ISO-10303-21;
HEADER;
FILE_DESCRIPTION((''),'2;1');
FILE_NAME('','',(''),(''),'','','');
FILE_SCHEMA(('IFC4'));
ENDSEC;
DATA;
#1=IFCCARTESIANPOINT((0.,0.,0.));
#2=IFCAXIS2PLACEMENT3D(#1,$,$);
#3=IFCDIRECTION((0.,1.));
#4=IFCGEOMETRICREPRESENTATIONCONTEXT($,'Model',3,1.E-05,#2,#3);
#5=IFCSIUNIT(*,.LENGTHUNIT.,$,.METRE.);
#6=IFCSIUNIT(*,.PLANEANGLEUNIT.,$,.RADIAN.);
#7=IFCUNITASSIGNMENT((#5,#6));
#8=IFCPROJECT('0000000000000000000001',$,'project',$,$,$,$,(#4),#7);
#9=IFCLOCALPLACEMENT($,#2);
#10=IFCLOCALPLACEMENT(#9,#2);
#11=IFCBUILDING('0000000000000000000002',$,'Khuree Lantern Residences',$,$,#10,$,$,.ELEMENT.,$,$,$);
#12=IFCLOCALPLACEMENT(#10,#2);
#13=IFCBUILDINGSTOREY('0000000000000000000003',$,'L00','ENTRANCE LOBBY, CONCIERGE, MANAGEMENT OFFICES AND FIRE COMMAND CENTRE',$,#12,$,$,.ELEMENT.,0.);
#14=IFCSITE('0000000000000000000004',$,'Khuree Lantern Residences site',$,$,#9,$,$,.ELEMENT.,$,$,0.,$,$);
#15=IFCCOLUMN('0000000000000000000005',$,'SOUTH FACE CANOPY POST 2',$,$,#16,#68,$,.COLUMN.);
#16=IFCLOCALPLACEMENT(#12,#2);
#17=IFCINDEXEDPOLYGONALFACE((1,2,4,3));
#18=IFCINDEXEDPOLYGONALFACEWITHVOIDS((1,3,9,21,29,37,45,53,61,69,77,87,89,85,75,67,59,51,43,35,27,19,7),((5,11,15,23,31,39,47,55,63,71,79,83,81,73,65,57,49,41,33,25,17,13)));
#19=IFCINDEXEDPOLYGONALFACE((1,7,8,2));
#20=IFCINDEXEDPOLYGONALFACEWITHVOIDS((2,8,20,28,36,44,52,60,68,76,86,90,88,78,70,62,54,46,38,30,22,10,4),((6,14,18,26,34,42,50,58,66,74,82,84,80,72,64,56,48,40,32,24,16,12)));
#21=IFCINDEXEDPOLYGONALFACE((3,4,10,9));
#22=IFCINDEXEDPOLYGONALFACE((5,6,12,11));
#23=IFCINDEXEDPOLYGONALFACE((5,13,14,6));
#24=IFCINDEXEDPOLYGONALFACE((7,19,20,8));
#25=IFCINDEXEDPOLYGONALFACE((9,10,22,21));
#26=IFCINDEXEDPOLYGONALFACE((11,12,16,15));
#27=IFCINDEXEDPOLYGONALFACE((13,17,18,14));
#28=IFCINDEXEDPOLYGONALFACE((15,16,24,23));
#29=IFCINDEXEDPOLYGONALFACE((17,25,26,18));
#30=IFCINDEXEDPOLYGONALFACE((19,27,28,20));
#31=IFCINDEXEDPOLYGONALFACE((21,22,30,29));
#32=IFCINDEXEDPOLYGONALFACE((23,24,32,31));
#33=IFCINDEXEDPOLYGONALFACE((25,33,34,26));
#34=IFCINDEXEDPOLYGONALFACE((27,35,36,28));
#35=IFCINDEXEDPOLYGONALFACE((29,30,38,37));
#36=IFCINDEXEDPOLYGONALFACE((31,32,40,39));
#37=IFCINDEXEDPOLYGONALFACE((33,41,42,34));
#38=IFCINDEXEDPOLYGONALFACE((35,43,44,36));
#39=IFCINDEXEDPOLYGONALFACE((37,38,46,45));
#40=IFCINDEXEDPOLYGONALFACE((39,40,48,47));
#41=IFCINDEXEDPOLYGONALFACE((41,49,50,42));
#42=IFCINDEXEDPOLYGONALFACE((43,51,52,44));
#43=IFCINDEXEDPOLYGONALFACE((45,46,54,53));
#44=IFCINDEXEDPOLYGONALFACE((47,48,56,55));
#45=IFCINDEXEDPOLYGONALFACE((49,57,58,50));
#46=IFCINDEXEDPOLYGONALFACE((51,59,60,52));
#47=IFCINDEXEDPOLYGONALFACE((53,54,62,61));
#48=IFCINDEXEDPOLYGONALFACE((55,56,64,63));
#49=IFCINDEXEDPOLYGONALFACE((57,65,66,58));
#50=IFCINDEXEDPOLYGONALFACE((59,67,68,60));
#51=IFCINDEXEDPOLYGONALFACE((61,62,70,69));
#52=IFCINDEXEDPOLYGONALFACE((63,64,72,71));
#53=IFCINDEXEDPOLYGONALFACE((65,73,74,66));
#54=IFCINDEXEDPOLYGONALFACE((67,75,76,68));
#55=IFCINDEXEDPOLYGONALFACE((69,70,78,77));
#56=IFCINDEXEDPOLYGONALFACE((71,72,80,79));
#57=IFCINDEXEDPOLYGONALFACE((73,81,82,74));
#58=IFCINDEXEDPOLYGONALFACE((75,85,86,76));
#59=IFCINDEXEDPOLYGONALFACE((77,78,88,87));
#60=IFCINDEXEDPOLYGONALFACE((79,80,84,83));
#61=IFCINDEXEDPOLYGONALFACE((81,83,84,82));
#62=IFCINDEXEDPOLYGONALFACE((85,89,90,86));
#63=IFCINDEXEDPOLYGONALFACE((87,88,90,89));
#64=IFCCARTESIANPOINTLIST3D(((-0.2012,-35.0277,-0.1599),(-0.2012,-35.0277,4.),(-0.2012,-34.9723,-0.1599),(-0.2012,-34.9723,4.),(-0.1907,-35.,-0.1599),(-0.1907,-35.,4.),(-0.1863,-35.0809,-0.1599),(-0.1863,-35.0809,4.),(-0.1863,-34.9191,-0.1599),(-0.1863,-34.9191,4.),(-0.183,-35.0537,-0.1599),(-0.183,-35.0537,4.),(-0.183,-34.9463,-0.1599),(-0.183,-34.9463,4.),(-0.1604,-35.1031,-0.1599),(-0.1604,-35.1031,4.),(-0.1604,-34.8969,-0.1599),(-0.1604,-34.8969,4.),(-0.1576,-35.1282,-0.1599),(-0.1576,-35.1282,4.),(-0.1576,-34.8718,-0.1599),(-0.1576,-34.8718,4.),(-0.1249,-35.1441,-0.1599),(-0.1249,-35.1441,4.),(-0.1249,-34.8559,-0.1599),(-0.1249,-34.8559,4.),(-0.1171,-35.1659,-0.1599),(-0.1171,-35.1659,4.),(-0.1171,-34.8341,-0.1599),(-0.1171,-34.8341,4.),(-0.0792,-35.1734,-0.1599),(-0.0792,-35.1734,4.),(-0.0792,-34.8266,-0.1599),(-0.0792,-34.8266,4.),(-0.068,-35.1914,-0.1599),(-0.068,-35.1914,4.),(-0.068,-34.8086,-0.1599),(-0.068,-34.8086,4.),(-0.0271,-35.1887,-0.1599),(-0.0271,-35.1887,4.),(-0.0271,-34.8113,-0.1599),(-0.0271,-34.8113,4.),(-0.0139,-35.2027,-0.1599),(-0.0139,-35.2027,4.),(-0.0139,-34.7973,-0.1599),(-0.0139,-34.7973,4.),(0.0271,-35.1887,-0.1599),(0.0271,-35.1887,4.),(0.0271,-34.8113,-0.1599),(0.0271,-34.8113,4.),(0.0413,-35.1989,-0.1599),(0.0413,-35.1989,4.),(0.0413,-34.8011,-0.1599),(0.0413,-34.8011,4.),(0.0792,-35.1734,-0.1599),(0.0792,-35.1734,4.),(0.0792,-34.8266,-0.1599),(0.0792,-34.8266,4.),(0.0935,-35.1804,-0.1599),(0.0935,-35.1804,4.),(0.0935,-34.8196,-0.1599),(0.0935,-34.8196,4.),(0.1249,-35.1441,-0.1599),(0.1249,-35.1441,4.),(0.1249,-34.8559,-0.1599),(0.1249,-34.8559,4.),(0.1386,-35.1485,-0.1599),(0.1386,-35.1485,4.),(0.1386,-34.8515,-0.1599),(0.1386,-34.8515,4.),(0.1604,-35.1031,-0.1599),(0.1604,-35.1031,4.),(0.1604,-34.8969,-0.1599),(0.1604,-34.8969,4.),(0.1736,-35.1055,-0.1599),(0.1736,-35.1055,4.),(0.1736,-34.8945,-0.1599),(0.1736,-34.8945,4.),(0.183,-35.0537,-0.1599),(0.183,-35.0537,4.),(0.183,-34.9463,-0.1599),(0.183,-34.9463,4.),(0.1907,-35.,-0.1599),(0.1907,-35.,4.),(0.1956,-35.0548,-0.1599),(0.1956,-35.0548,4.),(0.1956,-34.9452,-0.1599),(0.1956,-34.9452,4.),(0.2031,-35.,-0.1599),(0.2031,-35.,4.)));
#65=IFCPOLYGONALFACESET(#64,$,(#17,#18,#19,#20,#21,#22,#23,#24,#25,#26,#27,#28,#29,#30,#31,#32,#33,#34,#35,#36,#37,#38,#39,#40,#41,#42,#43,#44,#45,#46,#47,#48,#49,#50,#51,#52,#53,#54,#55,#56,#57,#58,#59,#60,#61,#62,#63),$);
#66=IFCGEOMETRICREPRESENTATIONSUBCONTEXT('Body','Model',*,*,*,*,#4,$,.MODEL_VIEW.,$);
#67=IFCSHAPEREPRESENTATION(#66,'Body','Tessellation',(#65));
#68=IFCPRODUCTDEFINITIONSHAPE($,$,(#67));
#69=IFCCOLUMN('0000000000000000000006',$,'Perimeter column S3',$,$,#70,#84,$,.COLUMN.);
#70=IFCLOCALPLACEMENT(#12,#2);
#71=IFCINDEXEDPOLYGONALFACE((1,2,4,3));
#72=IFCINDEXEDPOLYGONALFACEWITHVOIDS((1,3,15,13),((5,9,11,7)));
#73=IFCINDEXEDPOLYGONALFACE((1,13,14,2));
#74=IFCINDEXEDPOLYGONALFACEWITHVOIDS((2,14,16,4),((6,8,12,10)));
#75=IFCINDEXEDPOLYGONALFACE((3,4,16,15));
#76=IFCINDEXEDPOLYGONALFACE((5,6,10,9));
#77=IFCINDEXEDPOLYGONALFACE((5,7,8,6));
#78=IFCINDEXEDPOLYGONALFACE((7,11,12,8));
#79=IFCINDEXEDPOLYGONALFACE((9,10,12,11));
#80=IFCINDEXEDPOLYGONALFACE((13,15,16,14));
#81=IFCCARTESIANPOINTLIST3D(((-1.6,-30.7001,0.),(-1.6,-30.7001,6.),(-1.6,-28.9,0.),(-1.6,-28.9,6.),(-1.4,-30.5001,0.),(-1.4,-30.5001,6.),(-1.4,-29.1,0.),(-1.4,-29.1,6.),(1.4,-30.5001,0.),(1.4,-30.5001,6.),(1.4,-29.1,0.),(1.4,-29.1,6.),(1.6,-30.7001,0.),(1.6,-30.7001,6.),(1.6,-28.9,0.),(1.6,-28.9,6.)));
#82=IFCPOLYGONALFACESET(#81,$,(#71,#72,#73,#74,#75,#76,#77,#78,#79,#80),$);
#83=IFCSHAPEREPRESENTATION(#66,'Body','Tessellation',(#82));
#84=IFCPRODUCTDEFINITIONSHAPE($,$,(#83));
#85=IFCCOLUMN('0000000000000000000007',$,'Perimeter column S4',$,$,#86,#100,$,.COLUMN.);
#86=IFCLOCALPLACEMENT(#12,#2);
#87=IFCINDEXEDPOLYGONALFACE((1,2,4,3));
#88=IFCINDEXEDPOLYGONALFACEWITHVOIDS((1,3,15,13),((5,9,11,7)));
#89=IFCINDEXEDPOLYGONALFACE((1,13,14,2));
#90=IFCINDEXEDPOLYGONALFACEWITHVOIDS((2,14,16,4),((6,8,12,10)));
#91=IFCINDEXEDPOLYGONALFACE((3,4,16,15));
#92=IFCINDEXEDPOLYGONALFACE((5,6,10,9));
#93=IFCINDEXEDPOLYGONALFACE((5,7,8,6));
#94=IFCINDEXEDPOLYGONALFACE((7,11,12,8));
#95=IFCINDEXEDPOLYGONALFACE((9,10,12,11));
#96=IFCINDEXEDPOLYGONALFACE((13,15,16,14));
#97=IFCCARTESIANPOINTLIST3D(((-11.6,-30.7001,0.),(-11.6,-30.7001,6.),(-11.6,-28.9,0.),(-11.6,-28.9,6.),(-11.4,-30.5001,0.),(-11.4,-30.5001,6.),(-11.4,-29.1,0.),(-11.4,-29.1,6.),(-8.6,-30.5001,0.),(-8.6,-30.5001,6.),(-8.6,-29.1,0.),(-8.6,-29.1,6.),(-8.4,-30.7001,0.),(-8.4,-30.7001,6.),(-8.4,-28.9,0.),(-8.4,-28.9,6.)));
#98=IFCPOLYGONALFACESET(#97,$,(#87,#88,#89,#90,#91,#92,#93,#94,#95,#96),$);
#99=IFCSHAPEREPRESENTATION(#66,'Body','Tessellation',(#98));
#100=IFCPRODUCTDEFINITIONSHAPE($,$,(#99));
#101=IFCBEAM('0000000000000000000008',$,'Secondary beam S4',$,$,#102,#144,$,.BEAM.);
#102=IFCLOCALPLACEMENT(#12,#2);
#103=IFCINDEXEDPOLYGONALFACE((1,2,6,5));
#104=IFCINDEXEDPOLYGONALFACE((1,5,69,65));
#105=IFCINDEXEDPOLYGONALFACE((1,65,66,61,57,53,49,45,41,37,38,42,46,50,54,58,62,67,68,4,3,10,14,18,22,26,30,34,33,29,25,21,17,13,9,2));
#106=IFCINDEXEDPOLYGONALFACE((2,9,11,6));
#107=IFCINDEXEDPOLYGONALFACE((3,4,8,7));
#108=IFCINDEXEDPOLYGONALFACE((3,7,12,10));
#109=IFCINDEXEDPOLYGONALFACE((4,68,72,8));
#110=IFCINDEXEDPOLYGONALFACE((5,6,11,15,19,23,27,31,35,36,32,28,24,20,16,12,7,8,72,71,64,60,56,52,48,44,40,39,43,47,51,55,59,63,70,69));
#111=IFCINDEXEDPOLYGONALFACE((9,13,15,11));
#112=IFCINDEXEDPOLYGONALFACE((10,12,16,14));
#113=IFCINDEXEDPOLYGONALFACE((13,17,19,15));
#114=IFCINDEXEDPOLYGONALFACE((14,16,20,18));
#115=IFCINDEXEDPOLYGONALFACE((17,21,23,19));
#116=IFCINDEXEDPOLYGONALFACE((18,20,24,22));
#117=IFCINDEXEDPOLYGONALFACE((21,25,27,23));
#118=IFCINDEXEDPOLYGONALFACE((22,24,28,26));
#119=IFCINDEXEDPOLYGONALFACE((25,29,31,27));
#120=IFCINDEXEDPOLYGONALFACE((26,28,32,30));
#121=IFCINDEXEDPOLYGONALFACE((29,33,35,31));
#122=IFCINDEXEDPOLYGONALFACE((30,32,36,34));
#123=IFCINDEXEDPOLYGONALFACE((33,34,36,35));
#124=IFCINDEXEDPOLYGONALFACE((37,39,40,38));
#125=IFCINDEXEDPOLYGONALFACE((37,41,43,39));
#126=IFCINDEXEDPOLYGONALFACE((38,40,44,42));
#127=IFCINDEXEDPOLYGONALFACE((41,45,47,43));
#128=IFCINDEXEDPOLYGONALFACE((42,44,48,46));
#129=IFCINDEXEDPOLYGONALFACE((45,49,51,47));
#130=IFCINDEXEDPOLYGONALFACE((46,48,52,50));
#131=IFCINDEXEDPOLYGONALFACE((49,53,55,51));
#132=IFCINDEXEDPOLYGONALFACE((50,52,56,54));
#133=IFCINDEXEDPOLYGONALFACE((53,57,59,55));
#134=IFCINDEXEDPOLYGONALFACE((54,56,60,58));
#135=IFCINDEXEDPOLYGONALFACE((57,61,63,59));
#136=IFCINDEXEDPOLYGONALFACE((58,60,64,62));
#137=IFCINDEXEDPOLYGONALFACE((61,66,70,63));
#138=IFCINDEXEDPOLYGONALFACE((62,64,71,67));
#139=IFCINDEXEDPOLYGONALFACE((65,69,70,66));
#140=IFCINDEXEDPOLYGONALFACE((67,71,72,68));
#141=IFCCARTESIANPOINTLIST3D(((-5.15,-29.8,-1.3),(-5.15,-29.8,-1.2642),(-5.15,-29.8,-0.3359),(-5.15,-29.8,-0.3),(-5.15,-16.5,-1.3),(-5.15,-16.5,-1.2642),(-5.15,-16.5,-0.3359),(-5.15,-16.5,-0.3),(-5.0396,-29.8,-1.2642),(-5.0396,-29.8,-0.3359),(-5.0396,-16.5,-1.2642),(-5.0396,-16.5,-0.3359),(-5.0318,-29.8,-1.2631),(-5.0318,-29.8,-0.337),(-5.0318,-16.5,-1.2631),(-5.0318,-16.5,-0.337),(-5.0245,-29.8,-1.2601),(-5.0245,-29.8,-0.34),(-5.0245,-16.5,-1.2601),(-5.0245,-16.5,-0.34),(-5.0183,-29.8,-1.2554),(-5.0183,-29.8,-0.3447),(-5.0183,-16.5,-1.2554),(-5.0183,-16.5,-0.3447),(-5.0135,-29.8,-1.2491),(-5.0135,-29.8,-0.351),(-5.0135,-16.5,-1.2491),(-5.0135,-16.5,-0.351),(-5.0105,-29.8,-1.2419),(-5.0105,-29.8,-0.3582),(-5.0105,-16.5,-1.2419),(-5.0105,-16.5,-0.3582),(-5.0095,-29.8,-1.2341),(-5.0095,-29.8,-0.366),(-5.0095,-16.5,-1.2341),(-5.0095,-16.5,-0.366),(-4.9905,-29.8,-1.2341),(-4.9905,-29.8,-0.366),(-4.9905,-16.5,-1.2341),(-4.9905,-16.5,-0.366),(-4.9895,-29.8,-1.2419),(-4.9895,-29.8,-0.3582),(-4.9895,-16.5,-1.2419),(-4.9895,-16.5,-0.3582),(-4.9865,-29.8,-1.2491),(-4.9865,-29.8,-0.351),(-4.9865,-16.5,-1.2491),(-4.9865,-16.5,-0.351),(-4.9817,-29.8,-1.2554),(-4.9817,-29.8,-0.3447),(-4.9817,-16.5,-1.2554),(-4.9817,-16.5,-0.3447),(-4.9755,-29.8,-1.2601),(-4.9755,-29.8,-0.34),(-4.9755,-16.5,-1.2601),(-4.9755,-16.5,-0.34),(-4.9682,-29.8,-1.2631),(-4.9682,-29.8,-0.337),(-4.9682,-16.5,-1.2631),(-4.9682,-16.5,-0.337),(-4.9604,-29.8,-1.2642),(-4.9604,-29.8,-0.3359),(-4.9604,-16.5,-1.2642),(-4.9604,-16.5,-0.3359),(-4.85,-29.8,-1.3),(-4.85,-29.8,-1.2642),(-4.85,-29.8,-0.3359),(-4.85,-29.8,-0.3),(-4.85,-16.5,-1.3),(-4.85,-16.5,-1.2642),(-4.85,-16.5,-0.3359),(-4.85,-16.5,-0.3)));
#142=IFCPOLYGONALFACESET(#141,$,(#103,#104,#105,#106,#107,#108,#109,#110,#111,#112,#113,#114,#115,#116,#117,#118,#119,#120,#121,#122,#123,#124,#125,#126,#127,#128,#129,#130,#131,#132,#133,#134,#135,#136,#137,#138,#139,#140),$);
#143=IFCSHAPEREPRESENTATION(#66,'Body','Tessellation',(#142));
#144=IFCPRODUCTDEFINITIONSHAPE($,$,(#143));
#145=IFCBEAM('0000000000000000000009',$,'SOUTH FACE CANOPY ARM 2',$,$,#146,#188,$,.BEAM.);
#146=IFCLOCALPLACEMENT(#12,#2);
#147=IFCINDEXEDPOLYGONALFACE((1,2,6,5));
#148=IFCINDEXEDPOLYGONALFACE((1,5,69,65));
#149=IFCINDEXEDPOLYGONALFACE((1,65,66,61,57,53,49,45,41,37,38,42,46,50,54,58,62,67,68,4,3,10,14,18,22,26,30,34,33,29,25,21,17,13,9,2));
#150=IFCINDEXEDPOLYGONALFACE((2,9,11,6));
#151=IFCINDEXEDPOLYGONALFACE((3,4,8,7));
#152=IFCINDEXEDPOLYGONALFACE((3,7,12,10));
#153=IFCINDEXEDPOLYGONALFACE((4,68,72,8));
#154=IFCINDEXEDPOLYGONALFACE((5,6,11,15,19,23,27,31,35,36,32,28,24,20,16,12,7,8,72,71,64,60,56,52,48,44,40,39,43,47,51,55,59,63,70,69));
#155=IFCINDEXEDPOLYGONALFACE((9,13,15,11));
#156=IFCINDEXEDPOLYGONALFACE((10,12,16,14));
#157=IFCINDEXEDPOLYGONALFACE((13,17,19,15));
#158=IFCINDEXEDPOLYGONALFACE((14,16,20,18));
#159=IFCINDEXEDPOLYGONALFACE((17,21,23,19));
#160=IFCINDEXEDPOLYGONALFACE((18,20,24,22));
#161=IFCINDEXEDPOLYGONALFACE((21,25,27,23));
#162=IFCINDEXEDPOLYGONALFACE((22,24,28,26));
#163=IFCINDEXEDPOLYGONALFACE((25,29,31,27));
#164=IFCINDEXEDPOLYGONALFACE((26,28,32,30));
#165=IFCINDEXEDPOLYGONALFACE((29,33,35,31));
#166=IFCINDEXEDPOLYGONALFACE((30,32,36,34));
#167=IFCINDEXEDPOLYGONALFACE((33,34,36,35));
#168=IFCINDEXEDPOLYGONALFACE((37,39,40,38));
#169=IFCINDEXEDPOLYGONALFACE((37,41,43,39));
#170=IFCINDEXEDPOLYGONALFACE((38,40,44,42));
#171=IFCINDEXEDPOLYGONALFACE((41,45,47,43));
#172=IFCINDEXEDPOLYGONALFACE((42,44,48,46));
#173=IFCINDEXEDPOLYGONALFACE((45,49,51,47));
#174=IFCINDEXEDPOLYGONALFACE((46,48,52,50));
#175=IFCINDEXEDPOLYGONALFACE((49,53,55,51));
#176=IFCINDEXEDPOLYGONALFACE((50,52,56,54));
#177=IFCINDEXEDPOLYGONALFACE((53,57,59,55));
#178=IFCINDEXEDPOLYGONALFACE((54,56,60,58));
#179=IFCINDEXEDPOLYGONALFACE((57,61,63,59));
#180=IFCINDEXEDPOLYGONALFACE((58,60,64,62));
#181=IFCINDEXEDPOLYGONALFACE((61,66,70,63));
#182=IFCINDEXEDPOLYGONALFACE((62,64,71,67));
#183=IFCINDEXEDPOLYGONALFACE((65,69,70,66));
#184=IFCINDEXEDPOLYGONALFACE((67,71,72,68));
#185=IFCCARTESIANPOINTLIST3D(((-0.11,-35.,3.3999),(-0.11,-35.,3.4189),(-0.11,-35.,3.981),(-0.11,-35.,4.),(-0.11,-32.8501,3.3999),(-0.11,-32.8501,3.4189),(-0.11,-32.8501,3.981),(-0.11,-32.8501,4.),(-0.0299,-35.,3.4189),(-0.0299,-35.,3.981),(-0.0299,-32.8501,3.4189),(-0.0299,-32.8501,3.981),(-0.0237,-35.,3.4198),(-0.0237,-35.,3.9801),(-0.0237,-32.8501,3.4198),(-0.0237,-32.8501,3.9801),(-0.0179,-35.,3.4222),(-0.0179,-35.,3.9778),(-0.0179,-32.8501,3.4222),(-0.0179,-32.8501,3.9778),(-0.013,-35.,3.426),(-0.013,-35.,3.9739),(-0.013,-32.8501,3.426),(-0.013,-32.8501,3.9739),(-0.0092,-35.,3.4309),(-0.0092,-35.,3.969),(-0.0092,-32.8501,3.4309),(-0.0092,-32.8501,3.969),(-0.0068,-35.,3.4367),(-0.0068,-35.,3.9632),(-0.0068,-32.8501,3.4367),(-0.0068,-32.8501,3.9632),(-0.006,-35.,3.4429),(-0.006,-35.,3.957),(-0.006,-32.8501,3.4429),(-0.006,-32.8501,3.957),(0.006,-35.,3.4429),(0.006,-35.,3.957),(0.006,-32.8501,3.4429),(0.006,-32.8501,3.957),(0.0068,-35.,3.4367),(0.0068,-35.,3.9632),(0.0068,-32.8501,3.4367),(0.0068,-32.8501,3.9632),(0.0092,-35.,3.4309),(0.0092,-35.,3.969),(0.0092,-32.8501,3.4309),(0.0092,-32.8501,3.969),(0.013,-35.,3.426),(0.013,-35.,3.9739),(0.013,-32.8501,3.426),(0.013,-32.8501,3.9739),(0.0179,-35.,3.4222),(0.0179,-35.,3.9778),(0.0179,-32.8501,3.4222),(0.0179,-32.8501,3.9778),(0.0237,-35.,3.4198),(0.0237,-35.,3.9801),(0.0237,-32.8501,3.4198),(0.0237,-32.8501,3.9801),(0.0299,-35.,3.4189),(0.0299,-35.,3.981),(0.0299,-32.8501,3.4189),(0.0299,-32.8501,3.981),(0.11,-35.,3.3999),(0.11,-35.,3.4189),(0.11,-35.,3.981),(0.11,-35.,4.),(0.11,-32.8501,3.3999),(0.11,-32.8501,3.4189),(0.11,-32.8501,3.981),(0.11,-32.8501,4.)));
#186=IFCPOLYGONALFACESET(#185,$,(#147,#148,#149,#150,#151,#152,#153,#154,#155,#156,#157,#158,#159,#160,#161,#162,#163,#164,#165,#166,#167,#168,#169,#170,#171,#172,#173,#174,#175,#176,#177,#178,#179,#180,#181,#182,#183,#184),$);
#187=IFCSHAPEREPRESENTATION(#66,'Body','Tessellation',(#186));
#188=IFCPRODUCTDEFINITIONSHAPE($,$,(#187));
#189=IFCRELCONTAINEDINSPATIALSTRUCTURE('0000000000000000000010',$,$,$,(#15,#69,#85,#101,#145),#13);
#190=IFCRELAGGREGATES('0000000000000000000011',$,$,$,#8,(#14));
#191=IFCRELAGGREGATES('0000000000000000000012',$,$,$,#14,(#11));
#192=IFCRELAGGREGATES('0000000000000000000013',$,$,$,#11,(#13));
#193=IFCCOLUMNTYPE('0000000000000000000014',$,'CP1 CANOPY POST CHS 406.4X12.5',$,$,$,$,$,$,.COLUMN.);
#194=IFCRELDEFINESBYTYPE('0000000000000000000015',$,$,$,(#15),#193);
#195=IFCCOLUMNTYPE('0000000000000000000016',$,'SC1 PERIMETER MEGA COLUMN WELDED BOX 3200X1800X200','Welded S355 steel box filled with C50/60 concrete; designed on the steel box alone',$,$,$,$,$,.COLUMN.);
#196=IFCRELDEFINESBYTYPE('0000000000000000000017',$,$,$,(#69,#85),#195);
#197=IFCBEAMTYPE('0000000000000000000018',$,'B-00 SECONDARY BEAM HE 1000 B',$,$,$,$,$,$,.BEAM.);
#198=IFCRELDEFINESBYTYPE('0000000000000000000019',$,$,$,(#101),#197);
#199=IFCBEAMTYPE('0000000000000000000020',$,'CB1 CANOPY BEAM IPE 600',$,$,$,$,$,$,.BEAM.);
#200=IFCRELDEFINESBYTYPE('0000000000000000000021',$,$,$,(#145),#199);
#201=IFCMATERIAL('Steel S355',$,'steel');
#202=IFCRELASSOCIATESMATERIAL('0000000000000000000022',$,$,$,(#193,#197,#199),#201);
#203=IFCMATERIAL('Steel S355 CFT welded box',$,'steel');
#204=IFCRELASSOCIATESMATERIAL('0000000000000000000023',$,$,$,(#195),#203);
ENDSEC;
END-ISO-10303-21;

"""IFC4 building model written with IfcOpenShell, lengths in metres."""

from ifc_helpers import new_model, si_unit, direction, frame, origin, origin_2d, place, context, subcontext, project, spatial, hollow_rectangle, hollow_circle, i_section, extrude, material, material_profile, profile_set, type_object, element, save


model = new_model("IFC4")

# Units and contexts
model_context = context("Model", 3, precision=1e-05, world=origin(), true_north=direction((0.0, 1.0)))
body_context = subcontext(model_context, "Body", "Model", "MODEL_VIEW")
ifc_project = project(units=[si_unit("LENGTHUNIT", "METRE"), si_unit("PLANEANGLEUNIT", "RADIAN")], contexts=[model_context])

# Site, building, storey
site_placement = place(None, origin())
site = spatial("IfcSite", under=ifc_project, at=site_placement, Name="Khuree Lantern Residences site", CompositionType="ELEMENT", RefElevation=0.0)
building_placement = place(site_placement, origin())
building = spatial("IfcBuilding", under=site, at=building_placement, Name="Khuree Lantern Residences", CompositionType="ELEMENT")
storey_placement = place(building_placement, origin())
storey = spatial("IfcBuildingStorey", under=building, at=storey_placement, Name="L00", Description="ENTRANCE LOBBY, CONCIERGE, MANAGEMENT OFFICES AND FIRE COMMAND CENTRE", CompositionType="ELEMENT", Elevation=0.0)

# Columns
ifc_material_1 = material(Name="Steel S355", Category="steel")
ifc_material_profile_1 = material_profile(ifc_material_1, hollow_circle(Radius=0.2031, WallThickness=0.0125, at=origin_2d()), Name="CHS 406.4X12.5")
ifc_profile_set_1 = profile_set([ifc_material_profile_1], Name="Steel S355")
column_type_1 = type_object("IfcColumnType", Name="CP1 CANOPY POST CHS 406.4X12.5", PredefinedType="COLUMN", material=ifc_profile_set_1)
column_placement = place(storey_placement, frame((0.0, -35.0, -0.1599), z_axis=(0.0, 0.0, 1.0), x_axis=(1.0, 0.0, 0.0)))
element("IfcColumn", 1, at=column_placement, inside=storey, type_object=column_type_1, Name="SOUTH FACE CANOPY POST 2", PredefinedType="COLUMN", context=body_context, shape_type="SweptSolid", body=[
    extrude(hollow_circle(Radius=0.2031, WallThickness=0.0125, at=origin_2d()), origin(), (0.0, 0.0, 1.0), 4.1599),
])
ifc_material_2 = material(Name="Steel S355 CFT welded box", Category="steel")
ifc_material_profile_2 = material_profile(ifc_material_2, hollow_rectangle(XDim=3.2, YDim=1.8, WallThickness=0.2, at=origin_2d()), Name="WELDED BOX 3200X1800X200")
ifc_profile_set_2 = profile_set([ifc_material_profile_2], Name="Steel S355 CFT welded box")
column_type_2 = type_object("IfcColumnType", Name="SC1 PERIMETER MEGA COLUMN WELDED BOX 3200X1800X200", Description="Welded S355 steel box filled with C50/60 concrete; designed on the steel box alone", PredefinedType="COLUMN", material=ifc_profile_set_2)
for number, where, z_axis, x_axis, name in (
    (2, (0.0, -29.8, 0.0), (0.0, 0.0, 1.0), (1.0, 0.0, 0.0), "Perimeter column S3"),
    (3, (-10.0, -29.8, 0.0), (0.0, 0.0, 1.0), (1.0, 0.0, 0.0), "Perimeter column S4"),
):
    element("IfcColumn", number, at=place(storey_placement, frame(where, z_axis=z_axis, x_axis=x_axis)), inside=storey, type_object=column_type_2, Name=name, PredefinedType="COLUMN", context=body_context, shape_type="SweptSolid", body=[
        extrude(hollow_rectangle(XDim=3.2, YDim=1.8, WallThickness=0.2, at=origin_2d()), origin(), (0.0, 0.0, 1.0), 6.0),
    ])

# Beams
ifc_material_profile_3 = material_profile(ifc_material_1, i_section(OverallWidth=0.3, OverallDepth=1.0, WebThickness=0.019, FlangeThickness=0.0359, FilletRadius=0.03, at=origin_2d()), Name="HE 1000 B")
ifc_profile_set_3 = profile_set([ifc_material_profile_3], Name="Steel S355")
beam_type_1 = type_object("IfcBeamType", Name="B-00 SECONDARY BEAM HE 1000 B", PredefinedType="BEAM", material=ifc_profile_set_3)
beam_1_placement = place(storey_placement, frame((-5.0, -29.8, -0.8), z_axis=(0.0, 1.0, 0.0), x_axis=(-1.0, 0.0, 0.0)))
element("IfcBeam", 4, at=beam_1_placement, inside=storey, type_object=beam_type_1, Name="Secondary beam S4", PredefinedType="BEAM", context=body_context, shape_type="SweptSolid", body=[
    extrude(i_section(OverallWidth=0.3, OverallDepth=1.0, WebThickness=0.019, FlangeThickness=0.0359, FilletRadius=0.03, at=origin_2d()), origin(), (0.0, 0.0, 1.0), 13.3),
])
ifc_material_profile_4 = material_profile(ifc_material_1, i_section(OverallWidth=0.22, OverallDepth=0.6001, WebThickness=0.012, FlangeThickness=0.019, FilletRadius=0.0239, at=origin_2d()), Name="IPE 600")
ifc_profile_set_4 = profile_set([ifc_material_profile_4], Name="Steel S355")
beam_type_2 = type_object("IfcBeamType", Name="CB1 CANOPY BEAM IPE 600", PredefinedType="BEAM", material=ifc_profile_set_4)
beam_2_placement = place(storey_placement, frame((0.0, -35.0, 3.7), z_axis=(0.0, 1.0, 0.0), x_axis=(-1.0, 0.0, 0.0)))
element("IfcBeam", 5, at=beam_2_placement, inside=storey, type_object=beam_type_2, Name="SOUTH FACE CANOPY ARM 2", PredefinedType="BEAM", context=body_context, shape_type="SweptSolid", body=[
    extrude(i_section(OverallWidth=0.22, OverallDepth=0.6001, WebThickness=0.012, FlangeThickness=0.019, FilletRadius=0.0239, at=origin_2d()), origin(), (0.0, 0.0, 1.0), 2.1499),
])

save(model, "model.ifc")
